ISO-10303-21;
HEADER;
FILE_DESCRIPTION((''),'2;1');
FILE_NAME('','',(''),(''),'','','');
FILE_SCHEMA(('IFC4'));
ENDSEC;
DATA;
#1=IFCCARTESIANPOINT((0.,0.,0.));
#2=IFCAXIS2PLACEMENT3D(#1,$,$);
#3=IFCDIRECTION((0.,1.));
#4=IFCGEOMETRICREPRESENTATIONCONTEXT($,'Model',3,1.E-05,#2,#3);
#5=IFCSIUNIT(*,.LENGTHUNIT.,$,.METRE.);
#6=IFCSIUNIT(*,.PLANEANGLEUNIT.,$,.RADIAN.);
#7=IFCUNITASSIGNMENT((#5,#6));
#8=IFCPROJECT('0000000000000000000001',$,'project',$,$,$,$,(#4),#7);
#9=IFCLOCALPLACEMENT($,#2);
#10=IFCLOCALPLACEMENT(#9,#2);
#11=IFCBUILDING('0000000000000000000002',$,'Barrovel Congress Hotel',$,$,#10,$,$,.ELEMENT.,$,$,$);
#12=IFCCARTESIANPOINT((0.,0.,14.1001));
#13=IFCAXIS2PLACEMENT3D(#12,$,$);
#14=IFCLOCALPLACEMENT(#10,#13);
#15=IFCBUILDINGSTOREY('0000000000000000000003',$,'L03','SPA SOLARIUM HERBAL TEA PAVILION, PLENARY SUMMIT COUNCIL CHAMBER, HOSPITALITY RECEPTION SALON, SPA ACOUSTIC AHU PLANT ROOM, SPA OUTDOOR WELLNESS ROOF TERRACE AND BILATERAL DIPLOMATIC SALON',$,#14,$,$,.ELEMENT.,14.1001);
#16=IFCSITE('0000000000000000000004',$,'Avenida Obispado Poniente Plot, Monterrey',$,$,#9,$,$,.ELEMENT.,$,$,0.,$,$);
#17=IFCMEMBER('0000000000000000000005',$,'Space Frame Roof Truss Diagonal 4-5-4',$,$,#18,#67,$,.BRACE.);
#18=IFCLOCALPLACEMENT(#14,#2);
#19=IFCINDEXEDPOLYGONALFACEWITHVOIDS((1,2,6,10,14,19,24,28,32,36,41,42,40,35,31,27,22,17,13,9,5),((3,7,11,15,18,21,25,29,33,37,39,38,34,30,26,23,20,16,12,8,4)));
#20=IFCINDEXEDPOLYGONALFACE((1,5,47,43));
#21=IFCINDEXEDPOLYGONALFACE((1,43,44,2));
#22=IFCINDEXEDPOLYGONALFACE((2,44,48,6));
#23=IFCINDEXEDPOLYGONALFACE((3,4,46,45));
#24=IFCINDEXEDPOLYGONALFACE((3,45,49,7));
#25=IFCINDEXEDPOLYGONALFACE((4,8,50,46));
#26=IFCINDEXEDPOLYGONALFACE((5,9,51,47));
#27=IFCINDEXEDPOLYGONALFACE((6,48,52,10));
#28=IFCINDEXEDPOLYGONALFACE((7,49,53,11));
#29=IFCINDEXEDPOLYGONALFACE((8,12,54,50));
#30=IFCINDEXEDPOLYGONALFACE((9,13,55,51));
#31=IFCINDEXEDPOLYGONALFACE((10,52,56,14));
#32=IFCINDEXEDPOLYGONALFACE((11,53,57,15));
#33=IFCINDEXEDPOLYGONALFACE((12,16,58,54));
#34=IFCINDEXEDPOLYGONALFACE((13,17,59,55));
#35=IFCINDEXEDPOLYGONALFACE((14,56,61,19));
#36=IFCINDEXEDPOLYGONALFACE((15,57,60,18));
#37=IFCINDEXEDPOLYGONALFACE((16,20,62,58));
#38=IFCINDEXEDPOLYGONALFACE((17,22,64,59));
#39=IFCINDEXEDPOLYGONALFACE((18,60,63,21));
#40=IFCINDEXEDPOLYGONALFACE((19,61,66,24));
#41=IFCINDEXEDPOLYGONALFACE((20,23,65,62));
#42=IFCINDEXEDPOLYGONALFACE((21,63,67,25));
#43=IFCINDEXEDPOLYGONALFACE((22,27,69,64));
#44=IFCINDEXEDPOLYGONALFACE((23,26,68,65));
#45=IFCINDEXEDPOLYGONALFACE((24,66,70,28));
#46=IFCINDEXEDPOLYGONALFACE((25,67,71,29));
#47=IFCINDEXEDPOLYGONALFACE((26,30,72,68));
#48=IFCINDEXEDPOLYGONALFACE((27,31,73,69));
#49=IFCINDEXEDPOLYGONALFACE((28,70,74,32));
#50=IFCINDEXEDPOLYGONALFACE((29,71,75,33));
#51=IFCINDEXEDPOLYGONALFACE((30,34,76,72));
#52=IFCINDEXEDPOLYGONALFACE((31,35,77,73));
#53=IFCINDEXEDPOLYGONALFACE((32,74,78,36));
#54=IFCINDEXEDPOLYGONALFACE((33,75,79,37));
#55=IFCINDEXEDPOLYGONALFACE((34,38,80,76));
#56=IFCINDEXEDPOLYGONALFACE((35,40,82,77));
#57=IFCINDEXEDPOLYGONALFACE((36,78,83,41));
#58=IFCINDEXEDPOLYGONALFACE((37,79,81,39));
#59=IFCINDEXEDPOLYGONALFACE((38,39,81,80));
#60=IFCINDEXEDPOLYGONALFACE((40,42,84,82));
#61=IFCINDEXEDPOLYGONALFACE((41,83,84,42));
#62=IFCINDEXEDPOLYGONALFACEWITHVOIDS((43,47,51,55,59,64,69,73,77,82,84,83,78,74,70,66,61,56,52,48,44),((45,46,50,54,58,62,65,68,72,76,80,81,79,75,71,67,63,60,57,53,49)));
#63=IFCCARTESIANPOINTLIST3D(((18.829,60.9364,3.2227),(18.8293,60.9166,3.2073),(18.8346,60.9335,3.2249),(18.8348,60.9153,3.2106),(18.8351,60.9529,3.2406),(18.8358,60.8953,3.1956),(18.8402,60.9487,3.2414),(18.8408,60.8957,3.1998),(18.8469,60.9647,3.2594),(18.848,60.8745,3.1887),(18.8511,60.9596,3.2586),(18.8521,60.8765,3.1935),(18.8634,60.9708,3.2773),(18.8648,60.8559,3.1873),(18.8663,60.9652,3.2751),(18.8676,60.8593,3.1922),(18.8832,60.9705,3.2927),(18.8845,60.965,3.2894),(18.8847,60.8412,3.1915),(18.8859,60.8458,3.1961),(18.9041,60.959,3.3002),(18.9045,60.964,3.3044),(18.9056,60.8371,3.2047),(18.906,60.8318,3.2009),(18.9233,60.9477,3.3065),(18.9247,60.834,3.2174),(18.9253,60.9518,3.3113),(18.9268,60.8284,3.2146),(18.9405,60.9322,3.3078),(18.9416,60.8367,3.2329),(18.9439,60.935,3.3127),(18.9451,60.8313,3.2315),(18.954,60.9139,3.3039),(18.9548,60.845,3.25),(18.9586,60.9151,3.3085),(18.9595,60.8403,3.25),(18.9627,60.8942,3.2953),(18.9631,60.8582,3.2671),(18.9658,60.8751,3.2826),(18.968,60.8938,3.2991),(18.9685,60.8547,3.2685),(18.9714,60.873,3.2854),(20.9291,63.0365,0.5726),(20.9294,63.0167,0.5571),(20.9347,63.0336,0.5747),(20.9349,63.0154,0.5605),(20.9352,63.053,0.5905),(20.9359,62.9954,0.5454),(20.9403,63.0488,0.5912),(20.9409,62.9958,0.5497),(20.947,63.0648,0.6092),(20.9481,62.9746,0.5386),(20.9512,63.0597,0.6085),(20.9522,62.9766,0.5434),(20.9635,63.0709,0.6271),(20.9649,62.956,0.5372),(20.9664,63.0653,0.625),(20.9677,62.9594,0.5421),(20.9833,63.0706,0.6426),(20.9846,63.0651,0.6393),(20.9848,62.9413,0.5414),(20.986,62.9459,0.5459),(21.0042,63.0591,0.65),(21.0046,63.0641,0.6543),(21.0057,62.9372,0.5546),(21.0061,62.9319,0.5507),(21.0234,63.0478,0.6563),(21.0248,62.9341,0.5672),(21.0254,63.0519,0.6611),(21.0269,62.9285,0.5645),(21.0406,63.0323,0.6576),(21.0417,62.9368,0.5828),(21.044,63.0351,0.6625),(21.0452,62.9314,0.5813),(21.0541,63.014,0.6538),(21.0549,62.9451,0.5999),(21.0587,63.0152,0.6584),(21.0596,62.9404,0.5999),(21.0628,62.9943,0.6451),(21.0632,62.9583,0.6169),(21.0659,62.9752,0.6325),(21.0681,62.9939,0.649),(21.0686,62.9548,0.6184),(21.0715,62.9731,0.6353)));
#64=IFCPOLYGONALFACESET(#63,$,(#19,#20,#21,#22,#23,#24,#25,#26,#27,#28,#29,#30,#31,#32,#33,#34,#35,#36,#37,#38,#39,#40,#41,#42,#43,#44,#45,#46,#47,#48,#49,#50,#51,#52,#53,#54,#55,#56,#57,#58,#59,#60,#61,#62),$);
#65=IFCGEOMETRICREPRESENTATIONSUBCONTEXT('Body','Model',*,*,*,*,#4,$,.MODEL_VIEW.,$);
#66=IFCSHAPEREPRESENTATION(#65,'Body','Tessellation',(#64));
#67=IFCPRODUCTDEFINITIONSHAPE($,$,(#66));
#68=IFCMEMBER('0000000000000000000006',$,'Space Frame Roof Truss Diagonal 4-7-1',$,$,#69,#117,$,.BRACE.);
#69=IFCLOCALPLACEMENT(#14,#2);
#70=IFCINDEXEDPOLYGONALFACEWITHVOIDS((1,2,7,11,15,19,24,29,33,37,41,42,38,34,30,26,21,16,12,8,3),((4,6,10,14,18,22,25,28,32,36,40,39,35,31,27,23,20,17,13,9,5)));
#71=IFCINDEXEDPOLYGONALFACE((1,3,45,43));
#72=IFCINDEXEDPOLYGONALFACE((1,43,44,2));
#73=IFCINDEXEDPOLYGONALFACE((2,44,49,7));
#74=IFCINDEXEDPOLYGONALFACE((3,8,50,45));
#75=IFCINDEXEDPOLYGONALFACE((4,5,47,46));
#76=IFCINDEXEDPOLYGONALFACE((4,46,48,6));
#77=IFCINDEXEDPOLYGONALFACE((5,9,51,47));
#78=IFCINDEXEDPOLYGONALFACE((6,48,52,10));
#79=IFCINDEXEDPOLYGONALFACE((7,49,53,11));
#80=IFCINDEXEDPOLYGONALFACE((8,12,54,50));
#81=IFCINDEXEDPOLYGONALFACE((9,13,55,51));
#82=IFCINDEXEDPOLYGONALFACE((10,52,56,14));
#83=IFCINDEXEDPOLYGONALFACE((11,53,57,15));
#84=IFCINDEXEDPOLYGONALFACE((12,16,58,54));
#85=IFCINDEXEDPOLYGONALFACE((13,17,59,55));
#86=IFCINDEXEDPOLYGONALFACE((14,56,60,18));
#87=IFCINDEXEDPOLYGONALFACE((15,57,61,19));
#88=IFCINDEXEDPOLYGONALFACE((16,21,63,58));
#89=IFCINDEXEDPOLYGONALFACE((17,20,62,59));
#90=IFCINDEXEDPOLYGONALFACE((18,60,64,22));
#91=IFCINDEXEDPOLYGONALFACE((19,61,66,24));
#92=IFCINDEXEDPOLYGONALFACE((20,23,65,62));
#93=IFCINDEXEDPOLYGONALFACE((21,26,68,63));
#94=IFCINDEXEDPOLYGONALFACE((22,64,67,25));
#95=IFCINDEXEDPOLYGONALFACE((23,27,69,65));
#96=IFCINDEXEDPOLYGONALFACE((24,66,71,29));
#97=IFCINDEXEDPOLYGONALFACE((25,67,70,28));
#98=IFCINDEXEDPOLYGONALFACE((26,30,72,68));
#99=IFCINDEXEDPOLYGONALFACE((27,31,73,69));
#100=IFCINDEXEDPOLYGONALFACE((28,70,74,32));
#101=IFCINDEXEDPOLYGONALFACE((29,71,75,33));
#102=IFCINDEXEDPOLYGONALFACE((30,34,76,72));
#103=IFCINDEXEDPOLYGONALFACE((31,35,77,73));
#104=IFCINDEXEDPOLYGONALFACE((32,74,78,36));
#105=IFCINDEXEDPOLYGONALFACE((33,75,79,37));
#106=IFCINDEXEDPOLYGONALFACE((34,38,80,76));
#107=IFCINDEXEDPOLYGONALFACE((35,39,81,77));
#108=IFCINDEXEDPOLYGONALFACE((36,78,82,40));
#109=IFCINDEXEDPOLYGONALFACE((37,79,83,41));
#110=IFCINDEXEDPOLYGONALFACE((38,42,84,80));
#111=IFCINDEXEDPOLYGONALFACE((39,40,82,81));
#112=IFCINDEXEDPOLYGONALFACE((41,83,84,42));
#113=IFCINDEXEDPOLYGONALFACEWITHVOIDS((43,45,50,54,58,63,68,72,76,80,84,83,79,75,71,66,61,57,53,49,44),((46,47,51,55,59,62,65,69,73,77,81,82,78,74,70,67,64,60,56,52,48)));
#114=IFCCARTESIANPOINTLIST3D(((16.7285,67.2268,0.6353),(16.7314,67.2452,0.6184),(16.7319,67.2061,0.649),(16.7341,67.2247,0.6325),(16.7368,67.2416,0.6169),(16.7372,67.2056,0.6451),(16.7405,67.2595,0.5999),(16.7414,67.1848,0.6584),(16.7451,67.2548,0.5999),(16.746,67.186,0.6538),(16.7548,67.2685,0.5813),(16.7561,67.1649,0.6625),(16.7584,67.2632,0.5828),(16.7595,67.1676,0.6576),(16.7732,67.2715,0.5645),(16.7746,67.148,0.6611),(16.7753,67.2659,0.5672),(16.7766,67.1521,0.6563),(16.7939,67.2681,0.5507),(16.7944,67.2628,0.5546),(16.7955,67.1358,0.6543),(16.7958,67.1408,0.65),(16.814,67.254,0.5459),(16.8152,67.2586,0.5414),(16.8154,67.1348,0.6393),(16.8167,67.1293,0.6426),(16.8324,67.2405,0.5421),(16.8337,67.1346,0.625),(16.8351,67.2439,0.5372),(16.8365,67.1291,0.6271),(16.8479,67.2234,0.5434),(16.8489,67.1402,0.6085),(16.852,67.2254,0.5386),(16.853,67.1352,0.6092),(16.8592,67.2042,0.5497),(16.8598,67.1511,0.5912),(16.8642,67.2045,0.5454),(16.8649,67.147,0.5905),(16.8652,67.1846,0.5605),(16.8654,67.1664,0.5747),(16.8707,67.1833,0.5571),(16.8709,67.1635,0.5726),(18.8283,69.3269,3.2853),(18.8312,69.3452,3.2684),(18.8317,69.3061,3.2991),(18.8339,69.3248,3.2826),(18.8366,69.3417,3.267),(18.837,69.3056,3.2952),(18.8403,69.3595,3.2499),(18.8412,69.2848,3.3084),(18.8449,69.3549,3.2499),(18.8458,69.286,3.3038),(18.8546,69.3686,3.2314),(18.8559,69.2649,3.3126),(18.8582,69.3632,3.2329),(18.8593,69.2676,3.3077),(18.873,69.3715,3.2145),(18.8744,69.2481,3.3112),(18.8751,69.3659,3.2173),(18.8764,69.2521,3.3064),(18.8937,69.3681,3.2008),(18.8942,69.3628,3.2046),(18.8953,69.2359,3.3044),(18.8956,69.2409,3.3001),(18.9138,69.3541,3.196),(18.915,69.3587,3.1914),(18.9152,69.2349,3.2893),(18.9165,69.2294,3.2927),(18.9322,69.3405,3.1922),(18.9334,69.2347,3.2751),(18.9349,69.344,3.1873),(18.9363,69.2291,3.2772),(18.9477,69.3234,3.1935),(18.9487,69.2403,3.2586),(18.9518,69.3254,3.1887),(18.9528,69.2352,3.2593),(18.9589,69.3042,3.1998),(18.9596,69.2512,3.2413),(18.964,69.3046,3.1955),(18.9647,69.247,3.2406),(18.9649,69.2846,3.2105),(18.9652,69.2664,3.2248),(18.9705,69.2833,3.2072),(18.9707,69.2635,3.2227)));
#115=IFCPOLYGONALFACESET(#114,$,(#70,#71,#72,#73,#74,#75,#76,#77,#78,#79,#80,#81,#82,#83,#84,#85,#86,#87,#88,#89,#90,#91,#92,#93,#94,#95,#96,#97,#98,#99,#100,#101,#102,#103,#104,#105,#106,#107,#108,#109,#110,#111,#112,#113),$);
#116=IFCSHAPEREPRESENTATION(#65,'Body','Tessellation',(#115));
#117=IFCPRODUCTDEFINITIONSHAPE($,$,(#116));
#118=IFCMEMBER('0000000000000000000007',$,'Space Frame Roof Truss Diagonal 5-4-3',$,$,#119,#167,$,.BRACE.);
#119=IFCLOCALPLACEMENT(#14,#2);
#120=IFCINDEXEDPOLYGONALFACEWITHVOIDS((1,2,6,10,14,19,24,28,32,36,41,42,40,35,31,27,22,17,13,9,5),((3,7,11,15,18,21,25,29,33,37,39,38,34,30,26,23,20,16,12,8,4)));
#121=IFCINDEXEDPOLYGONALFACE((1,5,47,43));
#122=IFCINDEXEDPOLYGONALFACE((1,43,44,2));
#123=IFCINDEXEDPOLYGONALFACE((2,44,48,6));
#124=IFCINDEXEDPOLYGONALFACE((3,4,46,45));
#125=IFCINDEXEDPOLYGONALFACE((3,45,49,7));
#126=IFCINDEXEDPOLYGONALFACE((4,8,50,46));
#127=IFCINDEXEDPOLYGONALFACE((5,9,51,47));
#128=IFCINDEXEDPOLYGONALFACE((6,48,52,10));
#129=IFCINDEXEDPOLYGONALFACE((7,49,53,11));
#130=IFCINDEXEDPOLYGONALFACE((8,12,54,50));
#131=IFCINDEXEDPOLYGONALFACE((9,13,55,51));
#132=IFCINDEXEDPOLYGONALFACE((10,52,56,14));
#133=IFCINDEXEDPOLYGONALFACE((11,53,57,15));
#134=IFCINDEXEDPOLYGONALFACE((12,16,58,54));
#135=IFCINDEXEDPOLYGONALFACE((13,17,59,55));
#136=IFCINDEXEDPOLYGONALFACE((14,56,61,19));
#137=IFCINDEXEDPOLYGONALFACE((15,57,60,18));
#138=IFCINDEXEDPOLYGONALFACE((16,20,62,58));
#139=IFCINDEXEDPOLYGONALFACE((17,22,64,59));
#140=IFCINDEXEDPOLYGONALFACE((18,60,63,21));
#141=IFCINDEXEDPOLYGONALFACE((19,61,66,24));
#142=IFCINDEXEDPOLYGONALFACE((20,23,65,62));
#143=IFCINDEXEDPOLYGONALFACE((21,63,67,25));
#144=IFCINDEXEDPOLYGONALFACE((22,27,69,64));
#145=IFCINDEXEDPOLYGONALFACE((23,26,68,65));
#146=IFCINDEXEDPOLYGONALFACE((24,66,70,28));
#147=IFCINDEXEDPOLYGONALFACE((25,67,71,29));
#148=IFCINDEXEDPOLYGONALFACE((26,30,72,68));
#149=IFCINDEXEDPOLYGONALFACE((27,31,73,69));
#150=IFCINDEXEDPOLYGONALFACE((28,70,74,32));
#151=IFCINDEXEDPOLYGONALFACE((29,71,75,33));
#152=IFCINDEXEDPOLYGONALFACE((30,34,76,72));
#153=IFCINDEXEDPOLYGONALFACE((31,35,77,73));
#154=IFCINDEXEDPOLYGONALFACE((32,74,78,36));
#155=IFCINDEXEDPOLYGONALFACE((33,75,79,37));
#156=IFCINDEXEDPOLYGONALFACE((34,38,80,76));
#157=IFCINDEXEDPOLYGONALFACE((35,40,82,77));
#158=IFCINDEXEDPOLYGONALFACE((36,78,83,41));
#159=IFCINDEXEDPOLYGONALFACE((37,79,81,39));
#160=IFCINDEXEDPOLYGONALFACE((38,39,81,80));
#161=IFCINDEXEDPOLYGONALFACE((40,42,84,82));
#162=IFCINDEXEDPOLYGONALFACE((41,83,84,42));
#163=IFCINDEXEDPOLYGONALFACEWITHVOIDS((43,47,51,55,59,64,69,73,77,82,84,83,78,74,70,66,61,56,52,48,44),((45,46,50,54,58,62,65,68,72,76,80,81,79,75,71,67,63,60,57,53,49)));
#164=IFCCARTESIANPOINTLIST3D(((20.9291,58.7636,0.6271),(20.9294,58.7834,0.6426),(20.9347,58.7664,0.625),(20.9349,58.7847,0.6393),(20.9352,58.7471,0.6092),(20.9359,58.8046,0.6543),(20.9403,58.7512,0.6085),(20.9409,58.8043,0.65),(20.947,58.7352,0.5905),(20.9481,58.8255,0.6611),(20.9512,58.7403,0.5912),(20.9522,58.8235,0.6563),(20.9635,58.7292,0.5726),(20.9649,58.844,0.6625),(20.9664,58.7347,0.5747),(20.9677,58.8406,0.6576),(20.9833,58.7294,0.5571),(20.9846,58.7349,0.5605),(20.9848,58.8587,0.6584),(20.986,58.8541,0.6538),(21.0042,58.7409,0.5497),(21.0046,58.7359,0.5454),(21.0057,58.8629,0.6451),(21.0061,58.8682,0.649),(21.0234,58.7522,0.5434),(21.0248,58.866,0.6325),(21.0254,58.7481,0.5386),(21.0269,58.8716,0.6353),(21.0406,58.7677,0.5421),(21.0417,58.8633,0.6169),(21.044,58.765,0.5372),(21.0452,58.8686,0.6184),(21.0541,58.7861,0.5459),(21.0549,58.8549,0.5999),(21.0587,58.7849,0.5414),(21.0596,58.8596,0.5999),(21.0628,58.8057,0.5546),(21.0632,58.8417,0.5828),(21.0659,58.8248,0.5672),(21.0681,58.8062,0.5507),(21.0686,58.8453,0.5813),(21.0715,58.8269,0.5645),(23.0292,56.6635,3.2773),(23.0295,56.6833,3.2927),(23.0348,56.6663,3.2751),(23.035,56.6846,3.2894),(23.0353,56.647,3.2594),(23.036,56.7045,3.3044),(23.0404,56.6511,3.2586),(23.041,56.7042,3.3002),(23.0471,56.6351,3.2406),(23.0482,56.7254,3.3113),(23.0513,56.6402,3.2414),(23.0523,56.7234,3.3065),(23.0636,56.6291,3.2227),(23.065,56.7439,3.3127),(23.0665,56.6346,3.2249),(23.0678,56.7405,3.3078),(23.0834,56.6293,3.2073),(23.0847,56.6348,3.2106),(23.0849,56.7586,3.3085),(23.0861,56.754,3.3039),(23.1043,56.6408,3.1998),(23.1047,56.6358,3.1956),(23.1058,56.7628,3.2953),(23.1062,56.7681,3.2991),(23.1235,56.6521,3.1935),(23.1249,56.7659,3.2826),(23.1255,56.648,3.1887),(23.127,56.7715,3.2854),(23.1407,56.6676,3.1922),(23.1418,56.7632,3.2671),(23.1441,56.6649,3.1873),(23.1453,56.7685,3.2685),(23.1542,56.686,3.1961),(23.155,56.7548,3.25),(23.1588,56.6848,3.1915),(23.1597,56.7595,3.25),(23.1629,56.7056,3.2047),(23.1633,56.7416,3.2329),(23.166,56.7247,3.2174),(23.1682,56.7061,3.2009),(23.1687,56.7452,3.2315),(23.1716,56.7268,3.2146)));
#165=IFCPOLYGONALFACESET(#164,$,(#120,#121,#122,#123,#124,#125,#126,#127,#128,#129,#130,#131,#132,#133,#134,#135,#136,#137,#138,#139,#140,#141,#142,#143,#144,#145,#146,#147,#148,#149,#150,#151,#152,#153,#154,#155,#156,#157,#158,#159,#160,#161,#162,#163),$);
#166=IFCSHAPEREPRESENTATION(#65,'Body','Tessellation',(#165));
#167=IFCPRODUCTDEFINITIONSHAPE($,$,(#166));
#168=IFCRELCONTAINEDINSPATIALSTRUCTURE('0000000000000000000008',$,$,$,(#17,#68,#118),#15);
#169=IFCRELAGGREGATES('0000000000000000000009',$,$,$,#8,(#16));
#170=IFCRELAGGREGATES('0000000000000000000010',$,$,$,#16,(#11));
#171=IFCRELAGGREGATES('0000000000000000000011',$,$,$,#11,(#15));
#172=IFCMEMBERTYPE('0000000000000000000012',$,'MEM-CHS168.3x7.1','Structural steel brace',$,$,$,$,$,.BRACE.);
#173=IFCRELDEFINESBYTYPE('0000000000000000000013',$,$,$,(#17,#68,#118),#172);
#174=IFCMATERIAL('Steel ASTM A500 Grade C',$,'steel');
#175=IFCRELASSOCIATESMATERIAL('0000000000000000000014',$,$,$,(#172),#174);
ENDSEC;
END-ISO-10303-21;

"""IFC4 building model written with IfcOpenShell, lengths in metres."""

from ifc_helpers import new_model, si_unit, direction, frame, origin, origin_2d, place, context, subcontext, project, spatial, hollow_circle, extrude, material, material_profile, profile_set, type_object, element, save


model = new_model("IFC4")

# Units and contexts
model_context = context("Model", 3, precision=1e-05, world=origin(), true_north=direction((0.0, 1.0)))
body_context = subcontext(model_context, "Body", "Model", "MODEL_VIEW")
ifc_project = project(units=[si_unit("LENGTHUNIT", "METRE"), si_unit("PLANEANGLEUNIT", "RADIAN")], contexts=[model_context])

# Site, building, storey
site_placement = place(None, origin())
site = spatial("IfcSite", under=ifc_project, at=site_placement, Name="Avenida Obispado Poniente Plot, Monterrey", CompositionType="ELEMENT", RefElevation=0.0)
building_placement = place(site_placement, origin())
building = spatial("IfcBuilding", under=site, at=building_placement, Name="Barrovel Congress Hotel", CompositionType="ELEMENT")
storey_placement = place(building_placement, frame((0.0, 0.0, 14.1001)))
storey = spatial("IfcBuildingStorey", under=building, at=storey_placement, Name="L03", Description="SPA SOLARIUM HERBAL TEA PAVILION, PLENARY SUMMIT COUNCIL CHAMBER, HOSPITALITY RECEPTION SALON, SPA ACOUSTIC AHU PLANT ROOM, SPA OUTDOOR WELLNESS ROOF TERRACE AND BILATERAL DIPLOMATIC SALON", CompositionType="ELEMENT", Elevation=14.1001)

# Members
ifc_material_1 = material(Name="Steel ASTM A500 Grade C", Category="steel")
ifc_material_profile_1 = material_profile(ifc_material_1, hollow_circle(Radius=0.0842, WallThickness=0.0066, at=origin_2d()), Name="CHS168.3x7.1")
ifc_profile_set_1 = profile_set([ifc_material_profile_1], Name="Steel ASTM A500 Grade C")
member_type_1 = type_object("IfcMemberType", Name="MEM-CHS168.3x7.1", Description="Structural steel brace", PredefinedType="BRACE", material=ifc_profile_set_1)
member_1_placement = place(storey_placement, frame((21.0, 63.0, 0.5999), z_axis=(-0.527601, -0.527601, 0.665788), x_axis=(0.707107, -0.707107, 0.0)))
element("IfcMember", 1, at=member_1_placement, inside=storey, type_object=member_type_1, Name="Space Frame Roof Truss Diagonal 4-5-4", PredefinedType="BRACE", context=body_context, shape_type="SweptSolid", body=[
    extrude(hollow_circle(Radius=0.0842, WallThickness=0.0066, at=origin_2d()), origin(), (0.0, 0.0, 1.0), 3.9805),
])
member_2_placement = place(storey_placement, frame((16.8, 67.2, 0.5999), z_axis=(0.527557, 0.527618, 0.66581), x_axis=(-0.707148, 0.707066, 0.0)))
element("IfcMember", 2, at=member_2_placement, inside=storey, type_object=member_type_1, Name="Space Frame Roof Truss Diagonal 4-7-1", PredefinedType="BRACE", context=body_context, shape_type="SweptSolid", body=[
    extrude(hollow_circle(Radius=0.0842, WallThickness=0.0066, at=origin_2d()), origin(), (0.0, 0.0, 1.0), 3.9802),
])
member_3_placement = place(storey_placement, frame((21.0, 58.8, 0.5999), z_axis=(0.527601, -0.527601, 0.665788), x_axis=(0.707107, 0.707107, 0.0)))
element("IfcMember", 3, at=member_3_placement, inside=storey, type_object=member_type_1, Name="Space Frame Roof Truss Diagonal 5-4-3", PredefinedType="BRACE", context=body_context, shape_type="SweptSolid", body=[
    extrude(hollow_circle(Radius=0.0842, WallThickness=0.0066, at=origin_2d()), origin(), (0.0, 0.0, 1.0), 3.9805),
])

save(model, "model.ifc")
